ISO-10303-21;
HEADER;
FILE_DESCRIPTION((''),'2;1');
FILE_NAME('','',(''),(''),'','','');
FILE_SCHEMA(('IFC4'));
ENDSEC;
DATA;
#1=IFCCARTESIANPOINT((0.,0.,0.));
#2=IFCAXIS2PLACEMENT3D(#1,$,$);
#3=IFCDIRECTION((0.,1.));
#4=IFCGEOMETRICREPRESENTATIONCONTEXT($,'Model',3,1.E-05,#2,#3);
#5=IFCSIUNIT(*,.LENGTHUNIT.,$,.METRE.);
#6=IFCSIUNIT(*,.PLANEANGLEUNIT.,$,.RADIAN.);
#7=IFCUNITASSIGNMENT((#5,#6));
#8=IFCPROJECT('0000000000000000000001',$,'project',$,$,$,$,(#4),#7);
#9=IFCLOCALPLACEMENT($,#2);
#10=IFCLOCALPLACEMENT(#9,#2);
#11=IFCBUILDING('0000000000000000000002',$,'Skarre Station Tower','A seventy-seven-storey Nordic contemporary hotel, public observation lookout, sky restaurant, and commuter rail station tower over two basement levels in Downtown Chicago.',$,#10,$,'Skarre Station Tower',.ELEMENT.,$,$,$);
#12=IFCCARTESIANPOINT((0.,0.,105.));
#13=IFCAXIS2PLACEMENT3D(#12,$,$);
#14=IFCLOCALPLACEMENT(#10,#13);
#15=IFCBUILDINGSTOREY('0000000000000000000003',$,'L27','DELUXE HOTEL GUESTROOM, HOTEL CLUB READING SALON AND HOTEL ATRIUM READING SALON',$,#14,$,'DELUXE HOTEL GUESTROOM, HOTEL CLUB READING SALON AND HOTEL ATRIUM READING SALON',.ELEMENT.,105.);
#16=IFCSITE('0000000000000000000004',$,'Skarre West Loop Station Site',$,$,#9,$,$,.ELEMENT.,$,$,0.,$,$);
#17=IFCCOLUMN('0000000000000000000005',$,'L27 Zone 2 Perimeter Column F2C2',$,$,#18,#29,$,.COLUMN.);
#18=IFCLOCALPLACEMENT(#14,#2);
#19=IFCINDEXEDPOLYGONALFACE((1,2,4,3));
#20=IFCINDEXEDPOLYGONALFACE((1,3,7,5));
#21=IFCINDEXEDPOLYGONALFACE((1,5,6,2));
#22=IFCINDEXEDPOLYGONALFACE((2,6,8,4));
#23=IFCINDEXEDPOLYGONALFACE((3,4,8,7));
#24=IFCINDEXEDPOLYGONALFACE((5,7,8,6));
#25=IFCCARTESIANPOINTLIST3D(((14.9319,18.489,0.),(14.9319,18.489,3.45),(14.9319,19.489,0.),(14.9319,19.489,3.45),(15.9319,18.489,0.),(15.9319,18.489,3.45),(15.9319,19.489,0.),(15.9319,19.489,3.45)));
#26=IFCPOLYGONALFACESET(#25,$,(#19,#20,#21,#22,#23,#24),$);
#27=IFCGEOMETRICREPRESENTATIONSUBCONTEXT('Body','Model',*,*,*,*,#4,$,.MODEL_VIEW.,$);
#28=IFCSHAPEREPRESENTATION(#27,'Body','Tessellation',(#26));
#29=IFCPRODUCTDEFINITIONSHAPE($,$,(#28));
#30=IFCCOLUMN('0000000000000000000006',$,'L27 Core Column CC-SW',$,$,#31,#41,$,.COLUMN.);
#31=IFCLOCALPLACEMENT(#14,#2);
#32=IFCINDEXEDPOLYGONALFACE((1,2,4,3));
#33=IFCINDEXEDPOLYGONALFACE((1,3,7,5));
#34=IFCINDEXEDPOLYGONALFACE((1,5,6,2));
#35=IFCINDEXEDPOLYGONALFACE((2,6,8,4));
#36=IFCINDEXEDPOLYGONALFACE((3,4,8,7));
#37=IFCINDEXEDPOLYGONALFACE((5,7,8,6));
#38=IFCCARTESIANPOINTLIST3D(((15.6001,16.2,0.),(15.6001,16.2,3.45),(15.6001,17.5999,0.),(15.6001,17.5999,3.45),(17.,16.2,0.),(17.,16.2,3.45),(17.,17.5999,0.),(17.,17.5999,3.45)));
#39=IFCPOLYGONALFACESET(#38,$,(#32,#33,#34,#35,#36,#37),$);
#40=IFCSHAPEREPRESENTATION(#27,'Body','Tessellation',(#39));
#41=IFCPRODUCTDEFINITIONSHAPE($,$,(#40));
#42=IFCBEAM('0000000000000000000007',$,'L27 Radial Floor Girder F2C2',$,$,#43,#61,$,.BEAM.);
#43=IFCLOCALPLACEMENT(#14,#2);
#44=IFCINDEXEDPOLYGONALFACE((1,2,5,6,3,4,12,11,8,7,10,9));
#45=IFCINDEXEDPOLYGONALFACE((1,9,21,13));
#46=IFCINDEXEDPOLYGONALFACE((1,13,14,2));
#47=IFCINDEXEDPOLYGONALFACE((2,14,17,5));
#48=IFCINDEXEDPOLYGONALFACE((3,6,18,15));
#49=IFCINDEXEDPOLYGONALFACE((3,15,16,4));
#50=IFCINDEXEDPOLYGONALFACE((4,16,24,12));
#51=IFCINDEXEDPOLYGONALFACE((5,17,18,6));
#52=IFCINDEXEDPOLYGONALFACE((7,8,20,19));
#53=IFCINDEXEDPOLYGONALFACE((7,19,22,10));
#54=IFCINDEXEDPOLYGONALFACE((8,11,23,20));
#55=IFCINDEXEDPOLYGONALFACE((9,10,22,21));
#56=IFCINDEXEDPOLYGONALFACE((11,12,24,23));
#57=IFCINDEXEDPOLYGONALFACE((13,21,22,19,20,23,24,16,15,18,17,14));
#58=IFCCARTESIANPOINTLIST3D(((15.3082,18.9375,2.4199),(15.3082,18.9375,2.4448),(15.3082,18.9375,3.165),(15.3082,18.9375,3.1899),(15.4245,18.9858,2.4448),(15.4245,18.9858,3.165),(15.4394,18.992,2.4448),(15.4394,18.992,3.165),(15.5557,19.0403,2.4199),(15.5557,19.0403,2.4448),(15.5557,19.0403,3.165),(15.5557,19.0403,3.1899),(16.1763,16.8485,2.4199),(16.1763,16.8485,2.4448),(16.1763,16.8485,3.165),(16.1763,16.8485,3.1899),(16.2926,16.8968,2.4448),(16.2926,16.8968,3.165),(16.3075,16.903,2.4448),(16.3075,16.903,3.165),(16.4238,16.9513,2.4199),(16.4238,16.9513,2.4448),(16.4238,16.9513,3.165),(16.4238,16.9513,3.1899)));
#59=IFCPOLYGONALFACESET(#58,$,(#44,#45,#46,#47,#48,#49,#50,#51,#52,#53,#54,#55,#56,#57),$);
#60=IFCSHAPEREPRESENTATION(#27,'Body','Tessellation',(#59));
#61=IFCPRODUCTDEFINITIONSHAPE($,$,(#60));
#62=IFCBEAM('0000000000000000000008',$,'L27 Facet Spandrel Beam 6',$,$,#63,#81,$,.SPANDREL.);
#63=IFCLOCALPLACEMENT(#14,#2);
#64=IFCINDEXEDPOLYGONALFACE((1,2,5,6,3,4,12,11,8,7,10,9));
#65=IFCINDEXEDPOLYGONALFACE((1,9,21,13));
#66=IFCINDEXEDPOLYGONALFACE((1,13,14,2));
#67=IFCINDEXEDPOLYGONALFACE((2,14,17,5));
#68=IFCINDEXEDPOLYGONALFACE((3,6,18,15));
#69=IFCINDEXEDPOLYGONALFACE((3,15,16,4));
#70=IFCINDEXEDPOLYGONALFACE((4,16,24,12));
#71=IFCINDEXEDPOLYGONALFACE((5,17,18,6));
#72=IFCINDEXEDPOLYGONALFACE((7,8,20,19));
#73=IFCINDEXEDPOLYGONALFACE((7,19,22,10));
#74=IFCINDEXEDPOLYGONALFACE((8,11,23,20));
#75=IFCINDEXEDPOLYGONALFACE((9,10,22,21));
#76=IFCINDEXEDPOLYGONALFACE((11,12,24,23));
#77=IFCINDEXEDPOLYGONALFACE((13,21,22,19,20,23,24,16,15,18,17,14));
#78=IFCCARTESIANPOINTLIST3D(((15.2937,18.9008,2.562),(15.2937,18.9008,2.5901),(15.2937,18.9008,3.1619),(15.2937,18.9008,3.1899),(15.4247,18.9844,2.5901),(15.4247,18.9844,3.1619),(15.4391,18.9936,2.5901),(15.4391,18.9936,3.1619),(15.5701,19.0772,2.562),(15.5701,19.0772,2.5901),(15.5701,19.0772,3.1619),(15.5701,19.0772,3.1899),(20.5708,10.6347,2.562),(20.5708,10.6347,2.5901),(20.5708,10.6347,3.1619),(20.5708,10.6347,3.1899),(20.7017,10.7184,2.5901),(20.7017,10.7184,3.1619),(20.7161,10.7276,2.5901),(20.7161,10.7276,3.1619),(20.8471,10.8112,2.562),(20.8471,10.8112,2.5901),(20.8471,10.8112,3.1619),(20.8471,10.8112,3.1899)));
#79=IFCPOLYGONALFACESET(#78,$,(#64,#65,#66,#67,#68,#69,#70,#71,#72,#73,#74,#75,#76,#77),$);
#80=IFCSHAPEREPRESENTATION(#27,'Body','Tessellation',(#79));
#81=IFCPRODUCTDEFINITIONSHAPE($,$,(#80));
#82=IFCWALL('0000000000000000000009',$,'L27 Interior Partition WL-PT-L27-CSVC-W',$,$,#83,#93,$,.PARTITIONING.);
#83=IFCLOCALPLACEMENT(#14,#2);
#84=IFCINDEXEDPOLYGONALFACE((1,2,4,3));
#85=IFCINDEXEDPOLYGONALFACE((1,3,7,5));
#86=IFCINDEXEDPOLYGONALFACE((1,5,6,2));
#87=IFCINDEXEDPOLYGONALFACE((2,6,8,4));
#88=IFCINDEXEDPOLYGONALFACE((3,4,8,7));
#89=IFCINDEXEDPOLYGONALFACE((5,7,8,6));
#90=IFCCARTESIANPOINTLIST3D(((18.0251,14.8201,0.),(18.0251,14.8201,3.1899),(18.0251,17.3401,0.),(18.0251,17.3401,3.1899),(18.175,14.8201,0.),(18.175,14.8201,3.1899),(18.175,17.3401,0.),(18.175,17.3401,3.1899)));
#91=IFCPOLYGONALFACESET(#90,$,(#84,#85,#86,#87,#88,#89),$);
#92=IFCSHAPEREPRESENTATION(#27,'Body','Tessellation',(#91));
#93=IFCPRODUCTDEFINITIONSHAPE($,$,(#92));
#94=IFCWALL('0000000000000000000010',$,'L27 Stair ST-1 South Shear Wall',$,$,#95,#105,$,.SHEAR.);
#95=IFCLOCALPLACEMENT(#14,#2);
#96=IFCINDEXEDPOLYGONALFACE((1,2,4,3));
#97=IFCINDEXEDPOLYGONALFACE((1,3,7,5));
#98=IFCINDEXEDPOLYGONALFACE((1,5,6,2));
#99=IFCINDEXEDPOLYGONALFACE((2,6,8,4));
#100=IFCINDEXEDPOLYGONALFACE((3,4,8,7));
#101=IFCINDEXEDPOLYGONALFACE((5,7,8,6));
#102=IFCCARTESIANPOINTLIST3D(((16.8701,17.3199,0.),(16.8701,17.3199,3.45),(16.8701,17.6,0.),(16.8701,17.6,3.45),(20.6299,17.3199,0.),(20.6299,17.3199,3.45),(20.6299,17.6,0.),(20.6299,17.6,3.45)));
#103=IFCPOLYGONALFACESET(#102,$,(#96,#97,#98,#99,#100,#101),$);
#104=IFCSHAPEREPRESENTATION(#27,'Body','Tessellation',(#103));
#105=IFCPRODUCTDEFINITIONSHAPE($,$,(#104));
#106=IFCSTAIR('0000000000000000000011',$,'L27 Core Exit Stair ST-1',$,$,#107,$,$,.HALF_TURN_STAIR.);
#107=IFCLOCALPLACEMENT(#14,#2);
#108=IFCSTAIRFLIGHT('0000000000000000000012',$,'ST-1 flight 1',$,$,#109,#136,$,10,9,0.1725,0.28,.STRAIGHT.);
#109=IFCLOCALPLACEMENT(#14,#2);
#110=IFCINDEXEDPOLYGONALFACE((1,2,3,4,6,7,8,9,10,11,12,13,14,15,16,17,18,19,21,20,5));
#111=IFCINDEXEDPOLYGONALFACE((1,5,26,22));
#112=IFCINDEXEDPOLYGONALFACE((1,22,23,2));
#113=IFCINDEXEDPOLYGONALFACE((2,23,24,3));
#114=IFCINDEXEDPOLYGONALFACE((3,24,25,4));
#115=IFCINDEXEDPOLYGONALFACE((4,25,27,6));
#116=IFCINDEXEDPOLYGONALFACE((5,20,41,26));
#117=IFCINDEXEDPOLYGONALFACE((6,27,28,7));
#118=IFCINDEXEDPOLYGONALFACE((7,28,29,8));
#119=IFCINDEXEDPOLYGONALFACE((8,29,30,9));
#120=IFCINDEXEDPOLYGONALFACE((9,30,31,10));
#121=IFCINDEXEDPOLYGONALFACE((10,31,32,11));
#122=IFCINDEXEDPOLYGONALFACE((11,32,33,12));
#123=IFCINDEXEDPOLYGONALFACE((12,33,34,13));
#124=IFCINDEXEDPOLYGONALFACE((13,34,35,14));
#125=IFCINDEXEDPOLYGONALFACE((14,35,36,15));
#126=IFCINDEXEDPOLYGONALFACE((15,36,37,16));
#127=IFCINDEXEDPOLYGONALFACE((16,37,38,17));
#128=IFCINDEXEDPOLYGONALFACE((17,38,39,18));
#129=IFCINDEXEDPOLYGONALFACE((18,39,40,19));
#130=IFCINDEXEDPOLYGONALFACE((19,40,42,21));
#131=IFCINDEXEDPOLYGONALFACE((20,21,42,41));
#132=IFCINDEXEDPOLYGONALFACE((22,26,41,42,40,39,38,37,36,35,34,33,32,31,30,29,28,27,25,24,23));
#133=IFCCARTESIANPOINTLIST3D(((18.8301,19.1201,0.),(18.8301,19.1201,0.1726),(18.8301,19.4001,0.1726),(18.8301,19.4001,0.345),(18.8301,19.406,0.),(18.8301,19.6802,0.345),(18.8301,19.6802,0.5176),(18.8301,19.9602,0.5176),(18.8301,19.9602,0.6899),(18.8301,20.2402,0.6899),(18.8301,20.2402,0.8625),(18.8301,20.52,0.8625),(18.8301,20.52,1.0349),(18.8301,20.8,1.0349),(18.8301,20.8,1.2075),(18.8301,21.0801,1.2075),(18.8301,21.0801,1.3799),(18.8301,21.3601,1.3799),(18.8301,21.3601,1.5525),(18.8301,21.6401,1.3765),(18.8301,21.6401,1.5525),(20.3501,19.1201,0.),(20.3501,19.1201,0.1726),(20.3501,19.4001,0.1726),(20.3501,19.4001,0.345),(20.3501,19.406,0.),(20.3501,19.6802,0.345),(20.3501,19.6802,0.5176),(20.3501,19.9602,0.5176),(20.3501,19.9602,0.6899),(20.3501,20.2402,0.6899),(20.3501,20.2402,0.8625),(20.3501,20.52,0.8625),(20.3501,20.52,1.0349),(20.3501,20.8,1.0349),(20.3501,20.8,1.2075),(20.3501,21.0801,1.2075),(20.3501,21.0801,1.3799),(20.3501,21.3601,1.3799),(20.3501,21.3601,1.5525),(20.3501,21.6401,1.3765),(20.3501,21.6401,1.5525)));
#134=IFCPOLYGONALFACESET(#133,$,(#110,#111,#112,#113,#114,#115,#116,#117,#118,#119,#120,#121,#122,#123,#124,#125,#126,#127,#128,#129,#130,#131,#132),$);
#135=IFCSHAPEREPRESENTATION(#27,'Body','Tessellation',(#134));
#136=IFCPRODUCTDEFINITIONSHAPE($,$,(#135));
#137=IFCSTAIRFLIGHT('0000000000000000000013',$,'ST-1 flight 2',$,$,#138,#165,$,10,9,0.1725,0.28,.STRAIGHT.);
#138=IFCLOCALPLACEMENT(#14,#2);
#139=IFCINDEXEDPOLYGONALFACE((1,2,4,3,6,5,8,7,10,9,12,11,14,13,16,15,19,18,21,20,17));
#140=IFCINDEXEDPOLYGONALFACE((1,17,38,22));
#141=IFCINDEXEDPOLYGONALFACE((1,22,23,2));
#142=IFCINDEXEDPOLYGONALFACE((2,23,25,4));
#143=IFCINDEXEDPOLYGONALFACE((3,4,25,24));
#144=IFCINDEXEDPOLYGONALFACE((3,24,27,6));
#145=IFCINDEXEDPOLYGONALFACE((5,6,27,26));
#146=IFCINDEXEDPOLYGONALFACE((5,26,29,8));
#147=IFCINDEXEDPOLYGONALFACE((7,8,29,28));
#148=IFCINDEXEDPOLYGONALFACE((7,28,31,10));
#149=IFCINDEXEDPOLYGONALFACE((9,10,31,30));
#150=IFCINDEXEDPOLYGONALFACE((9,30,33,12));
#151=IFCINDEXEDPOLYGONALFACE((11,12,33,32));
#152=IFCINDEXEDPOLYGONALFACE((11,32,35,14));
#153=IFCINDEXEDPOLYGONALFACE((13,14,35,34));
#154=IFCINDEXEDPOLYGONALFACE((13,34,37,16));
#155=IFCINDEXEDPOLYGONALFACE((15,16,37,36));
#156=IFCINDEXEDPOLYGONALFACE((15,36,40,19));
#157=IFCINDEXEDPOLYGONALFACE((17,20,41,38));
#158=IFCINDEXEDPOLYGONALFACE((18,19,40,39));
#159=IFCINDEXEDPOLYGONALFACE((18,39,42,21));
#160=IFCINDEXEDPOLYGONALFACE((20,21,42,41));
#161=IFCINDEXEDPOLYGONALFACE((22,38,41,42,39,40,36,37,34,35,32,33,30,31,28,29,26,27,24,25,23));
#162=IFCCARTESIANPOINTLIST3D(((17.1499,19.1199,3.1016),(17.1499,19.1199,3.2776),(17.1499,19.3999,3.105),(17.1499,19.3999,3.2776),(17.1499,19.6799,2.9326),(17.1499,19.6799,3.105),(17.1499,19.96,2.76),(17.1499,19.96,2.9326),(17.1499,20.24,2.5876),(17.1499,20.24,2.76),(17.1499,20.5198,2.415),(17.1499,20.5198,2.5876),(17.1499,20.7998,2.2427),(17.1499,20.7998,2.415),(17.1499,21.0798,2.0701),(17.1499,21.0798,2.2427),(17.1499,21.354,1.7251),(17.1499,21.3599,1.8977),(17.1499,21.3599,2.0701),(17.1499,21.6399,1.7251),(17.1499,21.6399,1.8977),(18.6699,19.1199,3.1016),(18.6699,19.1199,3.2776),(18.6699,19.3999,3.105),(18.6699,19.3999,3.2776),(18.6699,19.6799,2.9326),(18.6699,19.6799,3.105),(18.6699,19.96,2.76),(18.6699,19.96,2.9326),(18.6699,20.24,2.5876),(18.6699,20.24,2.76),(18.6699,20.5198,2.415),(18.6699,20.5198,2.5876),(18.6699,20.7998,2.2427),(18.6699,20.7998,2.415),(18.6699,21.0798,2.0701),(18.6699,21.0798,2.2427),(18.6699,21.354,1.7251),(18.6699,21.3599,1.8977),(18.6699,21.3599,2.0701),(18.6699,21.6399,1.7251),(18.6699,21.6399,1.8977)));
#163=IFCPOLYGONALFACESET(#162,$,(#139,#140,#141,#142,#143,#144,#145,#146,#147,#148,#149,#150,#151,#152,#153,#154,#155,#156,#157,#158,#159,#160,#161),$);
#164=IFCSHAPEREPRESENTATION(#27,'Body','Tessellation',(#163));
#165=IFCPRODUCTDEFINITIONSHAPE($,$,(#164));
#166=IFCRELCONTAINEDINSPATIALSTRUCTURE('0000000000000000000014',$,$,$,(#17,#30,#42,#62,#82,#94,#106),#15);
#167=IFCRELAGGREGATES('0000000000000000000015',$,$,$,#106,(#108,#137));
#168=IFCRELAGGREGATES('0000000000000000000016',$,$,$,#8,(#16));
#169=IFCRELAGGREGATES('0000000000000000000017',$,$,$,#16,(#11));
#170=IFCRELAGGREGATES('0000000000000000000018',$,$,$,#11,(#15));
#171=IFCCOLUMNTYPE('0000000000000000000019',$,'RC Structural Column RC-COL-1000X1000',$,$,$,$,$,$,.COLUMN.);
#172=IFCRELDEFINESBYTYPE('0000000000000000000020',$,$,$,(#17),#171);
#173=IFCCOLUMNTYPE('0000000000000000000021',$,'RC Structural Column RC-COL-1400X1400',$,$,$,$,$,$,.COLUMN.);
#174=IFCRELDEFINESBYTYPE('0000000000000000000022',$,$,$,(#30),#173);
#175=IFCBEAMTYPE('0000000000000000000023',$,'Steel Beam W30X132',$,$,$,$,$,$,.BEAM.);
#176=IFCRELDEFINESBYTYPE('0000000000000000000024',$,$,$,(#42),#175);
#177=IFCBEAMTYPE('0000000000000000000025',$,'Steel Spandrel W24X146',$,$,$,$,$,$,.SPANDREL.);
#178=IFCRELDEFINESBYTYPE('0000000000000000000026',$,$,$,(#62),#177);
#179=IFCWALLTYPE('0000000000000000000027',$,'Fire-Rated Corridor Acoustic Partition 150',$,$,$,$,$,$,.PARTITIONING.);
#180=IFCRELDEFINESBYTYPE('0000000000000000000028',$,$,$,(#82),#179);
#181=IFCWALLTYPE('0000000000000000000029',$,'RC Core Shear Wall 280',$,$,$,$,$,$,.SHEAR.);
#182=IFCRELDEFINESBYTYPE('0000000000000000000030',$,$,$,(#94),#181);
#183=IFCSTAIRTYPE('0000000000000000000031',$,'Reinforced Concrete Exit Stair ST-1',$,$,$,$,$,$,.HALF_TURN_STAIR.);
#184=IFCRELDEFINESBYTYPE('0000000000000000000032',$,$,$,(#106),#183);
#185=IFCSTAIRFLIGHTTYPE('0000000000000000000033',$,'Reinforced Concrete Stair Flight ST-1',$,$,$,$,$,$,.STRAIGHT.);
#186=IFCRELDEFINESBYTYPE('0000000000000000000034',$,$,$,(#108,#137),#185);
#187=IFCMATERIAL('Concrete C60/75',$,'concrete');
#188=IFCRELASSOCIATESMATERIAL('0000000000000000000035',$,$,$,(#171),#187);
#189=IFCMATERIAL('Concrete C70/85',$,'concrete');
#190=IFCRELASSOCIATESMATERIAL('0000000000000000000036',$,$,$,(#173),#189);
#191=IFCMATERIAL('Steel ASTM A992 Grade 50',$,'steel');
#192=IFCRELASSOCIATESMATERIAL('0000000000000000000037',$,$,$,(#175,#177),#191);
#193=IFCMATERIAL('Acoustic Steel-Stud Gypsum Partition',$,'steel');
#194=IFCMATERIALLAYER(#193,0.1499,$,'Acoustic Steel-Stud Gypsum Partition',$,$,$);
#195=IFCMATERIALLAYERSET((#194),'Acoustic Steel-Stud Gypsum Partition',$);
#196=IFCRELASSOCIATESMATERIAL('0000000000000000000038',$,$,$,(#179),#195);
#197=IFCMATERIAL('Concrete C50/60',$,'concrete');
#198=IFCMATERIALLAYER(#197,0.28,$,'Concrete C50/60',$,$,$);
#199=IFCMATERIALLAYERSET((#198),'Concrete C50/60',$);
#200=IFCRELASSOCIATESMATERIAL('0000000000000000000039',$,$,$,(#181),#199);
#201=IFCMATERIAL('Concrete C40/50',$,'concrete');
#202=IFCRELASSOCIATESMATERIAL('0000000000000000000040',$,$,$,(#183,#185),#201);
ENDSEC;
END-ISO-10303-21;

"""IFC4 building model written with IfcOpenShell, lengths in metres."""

from ifc_helpers import new_model, si_unit, direction, frame, frame_2d, origin, origin_2d, place, context, subcontext, project, spatial, polyline, rectangle, i_section, outline, extrude, material, layer, layer_set, material_profile, profile_set, type_object, element, aggregate, save


model = new_model("IFC4")

# Units and contexts
model_context = context("Model", 3, precision=1e-05, world=origin(), true_north=direction((0.0, 1.0)))
body_context = subcontext(model_context, "Body", "Model", "MODEL_VIEW")
ifc_project = project(units=[si_unit("LENGTHUNIT", "METRE"), si_unit("PLANEANGLEUNIT", "RADIAN")], contexts=[model_context])

# Site, building, storey
site_placement = place(None, origin())
site = spatial("IfcSite", under=ifc_project, at=site_placement, Name="Skarre West Loop Station Site", CompositionType="ELEMENT", RefElevation=0.0)
building_placement = place(site_placement, origin())
building = spatial("IfcBuilding", under=site, at=building_placement, Name="Skarre Station Tower", Description="A seventy-seven-storey Nordic contemporary hotel, public observation lookout, sky restaurant, and commuter rail station tower over two basement levels in Downtown Chicago.", LongName="Skarre Station Tower", CompositionType="ELEMENT")
storey_placement = place(building_placement, frame((0.0, 0.0, 105.0)))
storey = spatial("IfcBuildingStorey", under=building, at=storey_placement, Name="L27", Description="DELUXE HOTEL GUESTROOM, HOTEL CLUB READING SALON AND HOTEL ATRIUM READING SALON", LongName="DELUXE HOTEL GUESTROOM, HOTEL CLUB READING SALON AND HOTEL ATRIUM READING SALON", CompositionType="ELEMENT", Elevation=105.0)

# Columns
ifc_material_1 = material(Name="Concrete C60/75", Category="concrete")
ifc_material_profile_1 = material_profile(ifc_material_1, rectangle(XDim=1.0, YDim=1.0, at=origin_2d()), Name="Concrete C60/75")
ifc_profile_set_1 = profile_set([ifc_material_profile_1], Name="Concrete C60/75")
column_type_1 = type_object("IfcColumnType", Name="RC Structural Column RC-COL-1000X1000", PredefinedType="COLUMN", material=ifc_profile_set_1)
column_1_placement = place(storey_placement, frame((15.4319, 18.989, 0.0), z_axis=(0.0, 0.0, 1.0), x_axis=(1.0, 0.0, 0.0)))
element("IfcColumn", 1, at=column_1_placement, inside=storey, type_object=column_type_1, Name="L27 Zone 2 Perimeter Column F2C2", PredefinedType="COLUMN", context=body_context, shape_type="SweptSolid", body=[
    extrude(rectangle(XDim=1.0, YDim=1.0, at=origin_2d()), origin(), (0.0, 0.0, 1.0), 3.45),
])
ifc_material_2 = material(Name="Concrete C70/85", Category="concrete")
ifc_material_profile_2 = material_profile(ifc_material_2, rectangle(XDim=1.3999, YDim=1.3999, at=origin_2d()), Name="Concrete C70/85")
ifc_profile_set_2 = profile_set([ifc_material_profile_2], Name="Concrete C70/85")
column_type_2 = type_object("IfcColumnType", Name="RC Structural Column RC-COL-1400X1400", PredefinedType="COLUMN", material=ifc_profile_set_2)
column_2_placement = place(storey_placement, frame((16.3, 16.8999, 0.0), z_axis=(0.0, 0.0, 1.0), x_axis=(1.0, 0.0, 0.0)))
element("IfcColumn", 2, at=column_2_placement, inside=storey, type_object=column_type_2, Name="L27 Core Column CC-SW", PredefinedType="COLUMN", context=body_context, shape_type="SweptSolid", body=[
    extrude(rectangle(XDim=1.3999, YDim=1.3999, at=origin_2d()), origin(), (0.0, 0.0, 1.0), 3.45),
])

# Beams
ifc_material_3 = material(Name="Steel ASTM A992 Grade 50", Category="steel")
ifc_material_profile_3 = material_profile(ifc_material_3, i_section(OverallWidth=0.2681, OverallDepth=0.77, WebThickness=0.0161, FlangeThickness=0.0249, at=origin_2d()), Name="Steel ASTM A992 Grade 50")
ifc_profile_set_3 = profile_set([ifc_material_profile_3], Name="Steel ASTM A992 Grade 50")
beam_type_1 = type_object("IfcBeamType", Name="Steel Beam W30X132", PredefinedType="BEAM", material=ifc_profile_set_3)
beam_1_placement = place(storey_placement, frame((16.3, 16.8999, 2.8049), z_axis=(-0.383749, 0.923437, 0.0), x_axis=(-0.923437, -0.383749, 0.0)))
element("IfcBeam", 3, at=beam_1_placement, inside=storey, type_object=beam_type_1, Name="L27 Radial Floor Girder F2C2", PredefinedType="BEAM", context=body_context, shape_type="SweptSolid", body=[
    extrude(i_section(OverallWidth=0.2681, OverallDepth=0.77, WebThickness=0.0161, FlangeThickness=0.0249, at=origin_2d()), origin(), (0.0, 0.0, 1.0), 2.2622),
])
ifc_material_profile_4 = material_profile(ifc_material_3, i_section(OverallWidth=0.3279, OverallDepth=0.6279, WebThickness=0.0171, FlangeThickness=0.0281, at=origin_2d()), Name="Steel ASTM A992 Grade 50")
ifc_profile_set_4 = profile_set([ifc_material_profile_4], Name="Steel ASTM A992 Grade 50")
beam_type_2 = type_object("IfcBeamType", Name="Steel Spandrel W24X146", PredefinedType="SPANDREL", material=ifc_profile_set_4)
beam_2_placement = place(storey_placement, frame((15.4319, 18.989, 2.876), z_axis=(0.538098, -0.842883, 0.0), x_axis=(0.842883, 0.538098, 0.0)))
element("IfcBeam", 4, at=beam_2_placement, inside=storey, type_object=beam_type_2, Name="L27 Facet Spandrel Beam 6", PredefinedType="SPANDREL", context=body_context, shape_type="SweptSolid", body=[
    extrude(i_section(OverallWidth=0.3279, OverallDepth=0.6279, WebThickness=0.0171, FlangeThickness=0.0281, at=origin_2d()), origin(), (0.0, 0.0, 1.0), 9.8069),
])

# Walls
ifc_material_4 = material(Name="Acoustic Steel-Stud Gypsum Partition", Category="steel")
ifc_layer_1 = layer(ifc_material_4, 0.1499, Name="Acoustic Steel-Stud Gypsum Partition")
ifc_layer_set_1 = layer_set([ifc_layer_1], Name="Acoustic Steel-Stud Gypsum Partition")
wall_type_1 = type_object("IfcWallType", Name="Fire-Rated Corridor Acoustic Partition 150", PredefinedType="PARTITIONING", material=ifc_layer_set_1)
wall_1_placement = place(storey_placement, frame((18.1001, 17.3401, 0.0), z_axis=(0.0, 0.0, 1.0), x_axis=(0.0, -1.0, 0.0)))
element("IfcWall", 5, at=wall_1_placement, inside=storey, type_object=wall_type_1, Name="L27 Interior Partition WL-PT-L27-CSVC-W", PredefinedType="PARTITIONING", context=body_context, shape_type="SweptSolid", body=[
    extrude(rectangle(XDim=2.52, YDim=0.1499, at=frame_2d((1.26, 0.0))), origin(), (0.0, 0.0, 1.0), 3.1899),
])
ifc_material_5 = material(Name="Concrete C50/60", Category="concrete")
ifc_layer_2 = layer(ifc_material_5, 0.28, Name="Concrete C50/60")
ifc_layer_set_2 = layer_set([ifc_layer_2], Name="Concrete C50/60")
wall_type_2 = type_object("IfcWallType", Name="RC Core Shear Wall 280", PredefinedType="SHEAR", material=ifc_layer_set_2)
wall_2_placement = place(storey_placement, frame((16.8701, 17.46, 0.0), z_axis=(0.0, 0.0, 1.0), x_axis=(1.0, 0.0, 0.0)))
element("IfcWall", 6, at=wall_2_placement, inside=storey, type_object=wall_type_2, Name="L27 Stair ST-1 South Shear Wall", PredefinedType="SHEAR", context=body_context, shape_type="SweptSolid", body=[
    extrude(rectangle(XDim=3.7598, YDim=0.28, at=frame_2d((1.8799, 0.0))), origin(), (0.0, 0.0, 1.0), 3.45),
])

# Stair, stair flights
ifc_material_6 = material(Name="Concrete C40/50", Category="concrete")
stair_type = type_object("IfcStairType", Name="Reinforced Concrete Exit Stair ST-1", PredefinedType="HALF_TURN_STAIR", material=ifc_material_6)
stair_placement = place(storey_placement, origin())
stair = element("IfcStair", 7, at=stair_placement, inside=storey, type_object=stair_type, Name="L27 Core Exit Stair ST-1", PredefinedType="HALF_TURN_STAIR")
stair_flight_type = type_object("IfcStairFlightType", Name="Reinforced Concrete Stair Flight ST-1", PredefinedType="STRAIGHT", material=ifc_material_6)
stair_flight_1_placement = place(storey_placement, frame((19.5901, 19.1201, 0.0), z_axis=(0.0, 0.0, 1.0), x_axis=(0.0, 1.0, 0.0)))
stair_flight_1 = element("IfcStairFlight", 8, at=stair_flight_1_placement, type_object=stair_flight_type, Name="ST-1 flight 1", NumberOfRisers=10, NumberOfTreads=9, PredefinedType="STRAIGHT", RiserHeight=0.1725, TreadLength=0.28, context=body_context, shape_type="SweptSolid", body=[
    extrude(outline(polyline([(0.0, 0.0), (0.0, 0.1726), (0.28, 0.1726), (0.28, 0.345), (0.5601, 0.345), (0.5601, 0.5176), (0.8401, 0.5176), (0.8401, 0.6899), (1.1201, 0.6899), (1.1201, 0.8625), (1.3999, 0.8625), (1.3999, 1.0349), (1.6799, 1.0349), (1.6799, 1.2075), (1.96, 1.2075), (1.96, 1.3799), (2.24, 1.3799), (2.24, 1.5525), (2.52, 1.5525), (2.52, 1.7251), (2.52, 1.3765), (0.2859, 0.0), (0.0, 0.0)])), frame((0.0, 0.76, 0.0), z_axis=(0.0, -1.0, 0.0), x_axis=(1.0, 0.0, 0.0)), (0.0, 0.0, 1.0), 1.52),
])
stair_flight_2_placement = place(storey_placement, frame((17.9099, 21.6399, 1.7251), z_axis=(0.0, 0.0, 1.0), x_axis=(0.0, -1.0, 0.0)))
stair_flight_2 = element("IfcStairFlight", 9, at=stair_flight_2_placement, type_object=stair_flight_type, Name="ST-1 flight 2", NumberOfRisers=10, NumberOfTreads=9, PredefinedType="STRAIGHT", RiserHeight=0.1725, TreadLength=0.28, context=body_context, shape_type="SweptSolid", body=[
    extrude(outline(polyline([(0.0, 0.0), (0.0, 0.1726), (0.28, 0.1726), (0.28, 0.345), (0.5601, 0.345), (0.5601, 0.5176), (0.8401, 0.5176), (0.8401, 0.6899), (1.1201, 0.6899), (1.1201, 0.8625), (1.3999, 0.8625), (1.3999, 1.0349), (1.6799, 1.0349), (1.6799, 1.2075), (1.96, 1.2075), (1.96, 1.3799), (2.24, 1.3799), (2.24, 1.5525), (2.52, 1.5525), (2.52, 1.7251), (2.52, 1.3765), (0.2859, 0.0), (0.0, 0.0)])), frame((0.0, 0.76, 0.0), z_axis=(0.0, -1.0, 0.0), x_axis=(1.0, 0.0, 0.0)), (0.0, 0.0, 1.0), 1.52),
])
aggregate(stair, [stair_flight_1, stair_flight_2])

save(model, "model.ifc")
